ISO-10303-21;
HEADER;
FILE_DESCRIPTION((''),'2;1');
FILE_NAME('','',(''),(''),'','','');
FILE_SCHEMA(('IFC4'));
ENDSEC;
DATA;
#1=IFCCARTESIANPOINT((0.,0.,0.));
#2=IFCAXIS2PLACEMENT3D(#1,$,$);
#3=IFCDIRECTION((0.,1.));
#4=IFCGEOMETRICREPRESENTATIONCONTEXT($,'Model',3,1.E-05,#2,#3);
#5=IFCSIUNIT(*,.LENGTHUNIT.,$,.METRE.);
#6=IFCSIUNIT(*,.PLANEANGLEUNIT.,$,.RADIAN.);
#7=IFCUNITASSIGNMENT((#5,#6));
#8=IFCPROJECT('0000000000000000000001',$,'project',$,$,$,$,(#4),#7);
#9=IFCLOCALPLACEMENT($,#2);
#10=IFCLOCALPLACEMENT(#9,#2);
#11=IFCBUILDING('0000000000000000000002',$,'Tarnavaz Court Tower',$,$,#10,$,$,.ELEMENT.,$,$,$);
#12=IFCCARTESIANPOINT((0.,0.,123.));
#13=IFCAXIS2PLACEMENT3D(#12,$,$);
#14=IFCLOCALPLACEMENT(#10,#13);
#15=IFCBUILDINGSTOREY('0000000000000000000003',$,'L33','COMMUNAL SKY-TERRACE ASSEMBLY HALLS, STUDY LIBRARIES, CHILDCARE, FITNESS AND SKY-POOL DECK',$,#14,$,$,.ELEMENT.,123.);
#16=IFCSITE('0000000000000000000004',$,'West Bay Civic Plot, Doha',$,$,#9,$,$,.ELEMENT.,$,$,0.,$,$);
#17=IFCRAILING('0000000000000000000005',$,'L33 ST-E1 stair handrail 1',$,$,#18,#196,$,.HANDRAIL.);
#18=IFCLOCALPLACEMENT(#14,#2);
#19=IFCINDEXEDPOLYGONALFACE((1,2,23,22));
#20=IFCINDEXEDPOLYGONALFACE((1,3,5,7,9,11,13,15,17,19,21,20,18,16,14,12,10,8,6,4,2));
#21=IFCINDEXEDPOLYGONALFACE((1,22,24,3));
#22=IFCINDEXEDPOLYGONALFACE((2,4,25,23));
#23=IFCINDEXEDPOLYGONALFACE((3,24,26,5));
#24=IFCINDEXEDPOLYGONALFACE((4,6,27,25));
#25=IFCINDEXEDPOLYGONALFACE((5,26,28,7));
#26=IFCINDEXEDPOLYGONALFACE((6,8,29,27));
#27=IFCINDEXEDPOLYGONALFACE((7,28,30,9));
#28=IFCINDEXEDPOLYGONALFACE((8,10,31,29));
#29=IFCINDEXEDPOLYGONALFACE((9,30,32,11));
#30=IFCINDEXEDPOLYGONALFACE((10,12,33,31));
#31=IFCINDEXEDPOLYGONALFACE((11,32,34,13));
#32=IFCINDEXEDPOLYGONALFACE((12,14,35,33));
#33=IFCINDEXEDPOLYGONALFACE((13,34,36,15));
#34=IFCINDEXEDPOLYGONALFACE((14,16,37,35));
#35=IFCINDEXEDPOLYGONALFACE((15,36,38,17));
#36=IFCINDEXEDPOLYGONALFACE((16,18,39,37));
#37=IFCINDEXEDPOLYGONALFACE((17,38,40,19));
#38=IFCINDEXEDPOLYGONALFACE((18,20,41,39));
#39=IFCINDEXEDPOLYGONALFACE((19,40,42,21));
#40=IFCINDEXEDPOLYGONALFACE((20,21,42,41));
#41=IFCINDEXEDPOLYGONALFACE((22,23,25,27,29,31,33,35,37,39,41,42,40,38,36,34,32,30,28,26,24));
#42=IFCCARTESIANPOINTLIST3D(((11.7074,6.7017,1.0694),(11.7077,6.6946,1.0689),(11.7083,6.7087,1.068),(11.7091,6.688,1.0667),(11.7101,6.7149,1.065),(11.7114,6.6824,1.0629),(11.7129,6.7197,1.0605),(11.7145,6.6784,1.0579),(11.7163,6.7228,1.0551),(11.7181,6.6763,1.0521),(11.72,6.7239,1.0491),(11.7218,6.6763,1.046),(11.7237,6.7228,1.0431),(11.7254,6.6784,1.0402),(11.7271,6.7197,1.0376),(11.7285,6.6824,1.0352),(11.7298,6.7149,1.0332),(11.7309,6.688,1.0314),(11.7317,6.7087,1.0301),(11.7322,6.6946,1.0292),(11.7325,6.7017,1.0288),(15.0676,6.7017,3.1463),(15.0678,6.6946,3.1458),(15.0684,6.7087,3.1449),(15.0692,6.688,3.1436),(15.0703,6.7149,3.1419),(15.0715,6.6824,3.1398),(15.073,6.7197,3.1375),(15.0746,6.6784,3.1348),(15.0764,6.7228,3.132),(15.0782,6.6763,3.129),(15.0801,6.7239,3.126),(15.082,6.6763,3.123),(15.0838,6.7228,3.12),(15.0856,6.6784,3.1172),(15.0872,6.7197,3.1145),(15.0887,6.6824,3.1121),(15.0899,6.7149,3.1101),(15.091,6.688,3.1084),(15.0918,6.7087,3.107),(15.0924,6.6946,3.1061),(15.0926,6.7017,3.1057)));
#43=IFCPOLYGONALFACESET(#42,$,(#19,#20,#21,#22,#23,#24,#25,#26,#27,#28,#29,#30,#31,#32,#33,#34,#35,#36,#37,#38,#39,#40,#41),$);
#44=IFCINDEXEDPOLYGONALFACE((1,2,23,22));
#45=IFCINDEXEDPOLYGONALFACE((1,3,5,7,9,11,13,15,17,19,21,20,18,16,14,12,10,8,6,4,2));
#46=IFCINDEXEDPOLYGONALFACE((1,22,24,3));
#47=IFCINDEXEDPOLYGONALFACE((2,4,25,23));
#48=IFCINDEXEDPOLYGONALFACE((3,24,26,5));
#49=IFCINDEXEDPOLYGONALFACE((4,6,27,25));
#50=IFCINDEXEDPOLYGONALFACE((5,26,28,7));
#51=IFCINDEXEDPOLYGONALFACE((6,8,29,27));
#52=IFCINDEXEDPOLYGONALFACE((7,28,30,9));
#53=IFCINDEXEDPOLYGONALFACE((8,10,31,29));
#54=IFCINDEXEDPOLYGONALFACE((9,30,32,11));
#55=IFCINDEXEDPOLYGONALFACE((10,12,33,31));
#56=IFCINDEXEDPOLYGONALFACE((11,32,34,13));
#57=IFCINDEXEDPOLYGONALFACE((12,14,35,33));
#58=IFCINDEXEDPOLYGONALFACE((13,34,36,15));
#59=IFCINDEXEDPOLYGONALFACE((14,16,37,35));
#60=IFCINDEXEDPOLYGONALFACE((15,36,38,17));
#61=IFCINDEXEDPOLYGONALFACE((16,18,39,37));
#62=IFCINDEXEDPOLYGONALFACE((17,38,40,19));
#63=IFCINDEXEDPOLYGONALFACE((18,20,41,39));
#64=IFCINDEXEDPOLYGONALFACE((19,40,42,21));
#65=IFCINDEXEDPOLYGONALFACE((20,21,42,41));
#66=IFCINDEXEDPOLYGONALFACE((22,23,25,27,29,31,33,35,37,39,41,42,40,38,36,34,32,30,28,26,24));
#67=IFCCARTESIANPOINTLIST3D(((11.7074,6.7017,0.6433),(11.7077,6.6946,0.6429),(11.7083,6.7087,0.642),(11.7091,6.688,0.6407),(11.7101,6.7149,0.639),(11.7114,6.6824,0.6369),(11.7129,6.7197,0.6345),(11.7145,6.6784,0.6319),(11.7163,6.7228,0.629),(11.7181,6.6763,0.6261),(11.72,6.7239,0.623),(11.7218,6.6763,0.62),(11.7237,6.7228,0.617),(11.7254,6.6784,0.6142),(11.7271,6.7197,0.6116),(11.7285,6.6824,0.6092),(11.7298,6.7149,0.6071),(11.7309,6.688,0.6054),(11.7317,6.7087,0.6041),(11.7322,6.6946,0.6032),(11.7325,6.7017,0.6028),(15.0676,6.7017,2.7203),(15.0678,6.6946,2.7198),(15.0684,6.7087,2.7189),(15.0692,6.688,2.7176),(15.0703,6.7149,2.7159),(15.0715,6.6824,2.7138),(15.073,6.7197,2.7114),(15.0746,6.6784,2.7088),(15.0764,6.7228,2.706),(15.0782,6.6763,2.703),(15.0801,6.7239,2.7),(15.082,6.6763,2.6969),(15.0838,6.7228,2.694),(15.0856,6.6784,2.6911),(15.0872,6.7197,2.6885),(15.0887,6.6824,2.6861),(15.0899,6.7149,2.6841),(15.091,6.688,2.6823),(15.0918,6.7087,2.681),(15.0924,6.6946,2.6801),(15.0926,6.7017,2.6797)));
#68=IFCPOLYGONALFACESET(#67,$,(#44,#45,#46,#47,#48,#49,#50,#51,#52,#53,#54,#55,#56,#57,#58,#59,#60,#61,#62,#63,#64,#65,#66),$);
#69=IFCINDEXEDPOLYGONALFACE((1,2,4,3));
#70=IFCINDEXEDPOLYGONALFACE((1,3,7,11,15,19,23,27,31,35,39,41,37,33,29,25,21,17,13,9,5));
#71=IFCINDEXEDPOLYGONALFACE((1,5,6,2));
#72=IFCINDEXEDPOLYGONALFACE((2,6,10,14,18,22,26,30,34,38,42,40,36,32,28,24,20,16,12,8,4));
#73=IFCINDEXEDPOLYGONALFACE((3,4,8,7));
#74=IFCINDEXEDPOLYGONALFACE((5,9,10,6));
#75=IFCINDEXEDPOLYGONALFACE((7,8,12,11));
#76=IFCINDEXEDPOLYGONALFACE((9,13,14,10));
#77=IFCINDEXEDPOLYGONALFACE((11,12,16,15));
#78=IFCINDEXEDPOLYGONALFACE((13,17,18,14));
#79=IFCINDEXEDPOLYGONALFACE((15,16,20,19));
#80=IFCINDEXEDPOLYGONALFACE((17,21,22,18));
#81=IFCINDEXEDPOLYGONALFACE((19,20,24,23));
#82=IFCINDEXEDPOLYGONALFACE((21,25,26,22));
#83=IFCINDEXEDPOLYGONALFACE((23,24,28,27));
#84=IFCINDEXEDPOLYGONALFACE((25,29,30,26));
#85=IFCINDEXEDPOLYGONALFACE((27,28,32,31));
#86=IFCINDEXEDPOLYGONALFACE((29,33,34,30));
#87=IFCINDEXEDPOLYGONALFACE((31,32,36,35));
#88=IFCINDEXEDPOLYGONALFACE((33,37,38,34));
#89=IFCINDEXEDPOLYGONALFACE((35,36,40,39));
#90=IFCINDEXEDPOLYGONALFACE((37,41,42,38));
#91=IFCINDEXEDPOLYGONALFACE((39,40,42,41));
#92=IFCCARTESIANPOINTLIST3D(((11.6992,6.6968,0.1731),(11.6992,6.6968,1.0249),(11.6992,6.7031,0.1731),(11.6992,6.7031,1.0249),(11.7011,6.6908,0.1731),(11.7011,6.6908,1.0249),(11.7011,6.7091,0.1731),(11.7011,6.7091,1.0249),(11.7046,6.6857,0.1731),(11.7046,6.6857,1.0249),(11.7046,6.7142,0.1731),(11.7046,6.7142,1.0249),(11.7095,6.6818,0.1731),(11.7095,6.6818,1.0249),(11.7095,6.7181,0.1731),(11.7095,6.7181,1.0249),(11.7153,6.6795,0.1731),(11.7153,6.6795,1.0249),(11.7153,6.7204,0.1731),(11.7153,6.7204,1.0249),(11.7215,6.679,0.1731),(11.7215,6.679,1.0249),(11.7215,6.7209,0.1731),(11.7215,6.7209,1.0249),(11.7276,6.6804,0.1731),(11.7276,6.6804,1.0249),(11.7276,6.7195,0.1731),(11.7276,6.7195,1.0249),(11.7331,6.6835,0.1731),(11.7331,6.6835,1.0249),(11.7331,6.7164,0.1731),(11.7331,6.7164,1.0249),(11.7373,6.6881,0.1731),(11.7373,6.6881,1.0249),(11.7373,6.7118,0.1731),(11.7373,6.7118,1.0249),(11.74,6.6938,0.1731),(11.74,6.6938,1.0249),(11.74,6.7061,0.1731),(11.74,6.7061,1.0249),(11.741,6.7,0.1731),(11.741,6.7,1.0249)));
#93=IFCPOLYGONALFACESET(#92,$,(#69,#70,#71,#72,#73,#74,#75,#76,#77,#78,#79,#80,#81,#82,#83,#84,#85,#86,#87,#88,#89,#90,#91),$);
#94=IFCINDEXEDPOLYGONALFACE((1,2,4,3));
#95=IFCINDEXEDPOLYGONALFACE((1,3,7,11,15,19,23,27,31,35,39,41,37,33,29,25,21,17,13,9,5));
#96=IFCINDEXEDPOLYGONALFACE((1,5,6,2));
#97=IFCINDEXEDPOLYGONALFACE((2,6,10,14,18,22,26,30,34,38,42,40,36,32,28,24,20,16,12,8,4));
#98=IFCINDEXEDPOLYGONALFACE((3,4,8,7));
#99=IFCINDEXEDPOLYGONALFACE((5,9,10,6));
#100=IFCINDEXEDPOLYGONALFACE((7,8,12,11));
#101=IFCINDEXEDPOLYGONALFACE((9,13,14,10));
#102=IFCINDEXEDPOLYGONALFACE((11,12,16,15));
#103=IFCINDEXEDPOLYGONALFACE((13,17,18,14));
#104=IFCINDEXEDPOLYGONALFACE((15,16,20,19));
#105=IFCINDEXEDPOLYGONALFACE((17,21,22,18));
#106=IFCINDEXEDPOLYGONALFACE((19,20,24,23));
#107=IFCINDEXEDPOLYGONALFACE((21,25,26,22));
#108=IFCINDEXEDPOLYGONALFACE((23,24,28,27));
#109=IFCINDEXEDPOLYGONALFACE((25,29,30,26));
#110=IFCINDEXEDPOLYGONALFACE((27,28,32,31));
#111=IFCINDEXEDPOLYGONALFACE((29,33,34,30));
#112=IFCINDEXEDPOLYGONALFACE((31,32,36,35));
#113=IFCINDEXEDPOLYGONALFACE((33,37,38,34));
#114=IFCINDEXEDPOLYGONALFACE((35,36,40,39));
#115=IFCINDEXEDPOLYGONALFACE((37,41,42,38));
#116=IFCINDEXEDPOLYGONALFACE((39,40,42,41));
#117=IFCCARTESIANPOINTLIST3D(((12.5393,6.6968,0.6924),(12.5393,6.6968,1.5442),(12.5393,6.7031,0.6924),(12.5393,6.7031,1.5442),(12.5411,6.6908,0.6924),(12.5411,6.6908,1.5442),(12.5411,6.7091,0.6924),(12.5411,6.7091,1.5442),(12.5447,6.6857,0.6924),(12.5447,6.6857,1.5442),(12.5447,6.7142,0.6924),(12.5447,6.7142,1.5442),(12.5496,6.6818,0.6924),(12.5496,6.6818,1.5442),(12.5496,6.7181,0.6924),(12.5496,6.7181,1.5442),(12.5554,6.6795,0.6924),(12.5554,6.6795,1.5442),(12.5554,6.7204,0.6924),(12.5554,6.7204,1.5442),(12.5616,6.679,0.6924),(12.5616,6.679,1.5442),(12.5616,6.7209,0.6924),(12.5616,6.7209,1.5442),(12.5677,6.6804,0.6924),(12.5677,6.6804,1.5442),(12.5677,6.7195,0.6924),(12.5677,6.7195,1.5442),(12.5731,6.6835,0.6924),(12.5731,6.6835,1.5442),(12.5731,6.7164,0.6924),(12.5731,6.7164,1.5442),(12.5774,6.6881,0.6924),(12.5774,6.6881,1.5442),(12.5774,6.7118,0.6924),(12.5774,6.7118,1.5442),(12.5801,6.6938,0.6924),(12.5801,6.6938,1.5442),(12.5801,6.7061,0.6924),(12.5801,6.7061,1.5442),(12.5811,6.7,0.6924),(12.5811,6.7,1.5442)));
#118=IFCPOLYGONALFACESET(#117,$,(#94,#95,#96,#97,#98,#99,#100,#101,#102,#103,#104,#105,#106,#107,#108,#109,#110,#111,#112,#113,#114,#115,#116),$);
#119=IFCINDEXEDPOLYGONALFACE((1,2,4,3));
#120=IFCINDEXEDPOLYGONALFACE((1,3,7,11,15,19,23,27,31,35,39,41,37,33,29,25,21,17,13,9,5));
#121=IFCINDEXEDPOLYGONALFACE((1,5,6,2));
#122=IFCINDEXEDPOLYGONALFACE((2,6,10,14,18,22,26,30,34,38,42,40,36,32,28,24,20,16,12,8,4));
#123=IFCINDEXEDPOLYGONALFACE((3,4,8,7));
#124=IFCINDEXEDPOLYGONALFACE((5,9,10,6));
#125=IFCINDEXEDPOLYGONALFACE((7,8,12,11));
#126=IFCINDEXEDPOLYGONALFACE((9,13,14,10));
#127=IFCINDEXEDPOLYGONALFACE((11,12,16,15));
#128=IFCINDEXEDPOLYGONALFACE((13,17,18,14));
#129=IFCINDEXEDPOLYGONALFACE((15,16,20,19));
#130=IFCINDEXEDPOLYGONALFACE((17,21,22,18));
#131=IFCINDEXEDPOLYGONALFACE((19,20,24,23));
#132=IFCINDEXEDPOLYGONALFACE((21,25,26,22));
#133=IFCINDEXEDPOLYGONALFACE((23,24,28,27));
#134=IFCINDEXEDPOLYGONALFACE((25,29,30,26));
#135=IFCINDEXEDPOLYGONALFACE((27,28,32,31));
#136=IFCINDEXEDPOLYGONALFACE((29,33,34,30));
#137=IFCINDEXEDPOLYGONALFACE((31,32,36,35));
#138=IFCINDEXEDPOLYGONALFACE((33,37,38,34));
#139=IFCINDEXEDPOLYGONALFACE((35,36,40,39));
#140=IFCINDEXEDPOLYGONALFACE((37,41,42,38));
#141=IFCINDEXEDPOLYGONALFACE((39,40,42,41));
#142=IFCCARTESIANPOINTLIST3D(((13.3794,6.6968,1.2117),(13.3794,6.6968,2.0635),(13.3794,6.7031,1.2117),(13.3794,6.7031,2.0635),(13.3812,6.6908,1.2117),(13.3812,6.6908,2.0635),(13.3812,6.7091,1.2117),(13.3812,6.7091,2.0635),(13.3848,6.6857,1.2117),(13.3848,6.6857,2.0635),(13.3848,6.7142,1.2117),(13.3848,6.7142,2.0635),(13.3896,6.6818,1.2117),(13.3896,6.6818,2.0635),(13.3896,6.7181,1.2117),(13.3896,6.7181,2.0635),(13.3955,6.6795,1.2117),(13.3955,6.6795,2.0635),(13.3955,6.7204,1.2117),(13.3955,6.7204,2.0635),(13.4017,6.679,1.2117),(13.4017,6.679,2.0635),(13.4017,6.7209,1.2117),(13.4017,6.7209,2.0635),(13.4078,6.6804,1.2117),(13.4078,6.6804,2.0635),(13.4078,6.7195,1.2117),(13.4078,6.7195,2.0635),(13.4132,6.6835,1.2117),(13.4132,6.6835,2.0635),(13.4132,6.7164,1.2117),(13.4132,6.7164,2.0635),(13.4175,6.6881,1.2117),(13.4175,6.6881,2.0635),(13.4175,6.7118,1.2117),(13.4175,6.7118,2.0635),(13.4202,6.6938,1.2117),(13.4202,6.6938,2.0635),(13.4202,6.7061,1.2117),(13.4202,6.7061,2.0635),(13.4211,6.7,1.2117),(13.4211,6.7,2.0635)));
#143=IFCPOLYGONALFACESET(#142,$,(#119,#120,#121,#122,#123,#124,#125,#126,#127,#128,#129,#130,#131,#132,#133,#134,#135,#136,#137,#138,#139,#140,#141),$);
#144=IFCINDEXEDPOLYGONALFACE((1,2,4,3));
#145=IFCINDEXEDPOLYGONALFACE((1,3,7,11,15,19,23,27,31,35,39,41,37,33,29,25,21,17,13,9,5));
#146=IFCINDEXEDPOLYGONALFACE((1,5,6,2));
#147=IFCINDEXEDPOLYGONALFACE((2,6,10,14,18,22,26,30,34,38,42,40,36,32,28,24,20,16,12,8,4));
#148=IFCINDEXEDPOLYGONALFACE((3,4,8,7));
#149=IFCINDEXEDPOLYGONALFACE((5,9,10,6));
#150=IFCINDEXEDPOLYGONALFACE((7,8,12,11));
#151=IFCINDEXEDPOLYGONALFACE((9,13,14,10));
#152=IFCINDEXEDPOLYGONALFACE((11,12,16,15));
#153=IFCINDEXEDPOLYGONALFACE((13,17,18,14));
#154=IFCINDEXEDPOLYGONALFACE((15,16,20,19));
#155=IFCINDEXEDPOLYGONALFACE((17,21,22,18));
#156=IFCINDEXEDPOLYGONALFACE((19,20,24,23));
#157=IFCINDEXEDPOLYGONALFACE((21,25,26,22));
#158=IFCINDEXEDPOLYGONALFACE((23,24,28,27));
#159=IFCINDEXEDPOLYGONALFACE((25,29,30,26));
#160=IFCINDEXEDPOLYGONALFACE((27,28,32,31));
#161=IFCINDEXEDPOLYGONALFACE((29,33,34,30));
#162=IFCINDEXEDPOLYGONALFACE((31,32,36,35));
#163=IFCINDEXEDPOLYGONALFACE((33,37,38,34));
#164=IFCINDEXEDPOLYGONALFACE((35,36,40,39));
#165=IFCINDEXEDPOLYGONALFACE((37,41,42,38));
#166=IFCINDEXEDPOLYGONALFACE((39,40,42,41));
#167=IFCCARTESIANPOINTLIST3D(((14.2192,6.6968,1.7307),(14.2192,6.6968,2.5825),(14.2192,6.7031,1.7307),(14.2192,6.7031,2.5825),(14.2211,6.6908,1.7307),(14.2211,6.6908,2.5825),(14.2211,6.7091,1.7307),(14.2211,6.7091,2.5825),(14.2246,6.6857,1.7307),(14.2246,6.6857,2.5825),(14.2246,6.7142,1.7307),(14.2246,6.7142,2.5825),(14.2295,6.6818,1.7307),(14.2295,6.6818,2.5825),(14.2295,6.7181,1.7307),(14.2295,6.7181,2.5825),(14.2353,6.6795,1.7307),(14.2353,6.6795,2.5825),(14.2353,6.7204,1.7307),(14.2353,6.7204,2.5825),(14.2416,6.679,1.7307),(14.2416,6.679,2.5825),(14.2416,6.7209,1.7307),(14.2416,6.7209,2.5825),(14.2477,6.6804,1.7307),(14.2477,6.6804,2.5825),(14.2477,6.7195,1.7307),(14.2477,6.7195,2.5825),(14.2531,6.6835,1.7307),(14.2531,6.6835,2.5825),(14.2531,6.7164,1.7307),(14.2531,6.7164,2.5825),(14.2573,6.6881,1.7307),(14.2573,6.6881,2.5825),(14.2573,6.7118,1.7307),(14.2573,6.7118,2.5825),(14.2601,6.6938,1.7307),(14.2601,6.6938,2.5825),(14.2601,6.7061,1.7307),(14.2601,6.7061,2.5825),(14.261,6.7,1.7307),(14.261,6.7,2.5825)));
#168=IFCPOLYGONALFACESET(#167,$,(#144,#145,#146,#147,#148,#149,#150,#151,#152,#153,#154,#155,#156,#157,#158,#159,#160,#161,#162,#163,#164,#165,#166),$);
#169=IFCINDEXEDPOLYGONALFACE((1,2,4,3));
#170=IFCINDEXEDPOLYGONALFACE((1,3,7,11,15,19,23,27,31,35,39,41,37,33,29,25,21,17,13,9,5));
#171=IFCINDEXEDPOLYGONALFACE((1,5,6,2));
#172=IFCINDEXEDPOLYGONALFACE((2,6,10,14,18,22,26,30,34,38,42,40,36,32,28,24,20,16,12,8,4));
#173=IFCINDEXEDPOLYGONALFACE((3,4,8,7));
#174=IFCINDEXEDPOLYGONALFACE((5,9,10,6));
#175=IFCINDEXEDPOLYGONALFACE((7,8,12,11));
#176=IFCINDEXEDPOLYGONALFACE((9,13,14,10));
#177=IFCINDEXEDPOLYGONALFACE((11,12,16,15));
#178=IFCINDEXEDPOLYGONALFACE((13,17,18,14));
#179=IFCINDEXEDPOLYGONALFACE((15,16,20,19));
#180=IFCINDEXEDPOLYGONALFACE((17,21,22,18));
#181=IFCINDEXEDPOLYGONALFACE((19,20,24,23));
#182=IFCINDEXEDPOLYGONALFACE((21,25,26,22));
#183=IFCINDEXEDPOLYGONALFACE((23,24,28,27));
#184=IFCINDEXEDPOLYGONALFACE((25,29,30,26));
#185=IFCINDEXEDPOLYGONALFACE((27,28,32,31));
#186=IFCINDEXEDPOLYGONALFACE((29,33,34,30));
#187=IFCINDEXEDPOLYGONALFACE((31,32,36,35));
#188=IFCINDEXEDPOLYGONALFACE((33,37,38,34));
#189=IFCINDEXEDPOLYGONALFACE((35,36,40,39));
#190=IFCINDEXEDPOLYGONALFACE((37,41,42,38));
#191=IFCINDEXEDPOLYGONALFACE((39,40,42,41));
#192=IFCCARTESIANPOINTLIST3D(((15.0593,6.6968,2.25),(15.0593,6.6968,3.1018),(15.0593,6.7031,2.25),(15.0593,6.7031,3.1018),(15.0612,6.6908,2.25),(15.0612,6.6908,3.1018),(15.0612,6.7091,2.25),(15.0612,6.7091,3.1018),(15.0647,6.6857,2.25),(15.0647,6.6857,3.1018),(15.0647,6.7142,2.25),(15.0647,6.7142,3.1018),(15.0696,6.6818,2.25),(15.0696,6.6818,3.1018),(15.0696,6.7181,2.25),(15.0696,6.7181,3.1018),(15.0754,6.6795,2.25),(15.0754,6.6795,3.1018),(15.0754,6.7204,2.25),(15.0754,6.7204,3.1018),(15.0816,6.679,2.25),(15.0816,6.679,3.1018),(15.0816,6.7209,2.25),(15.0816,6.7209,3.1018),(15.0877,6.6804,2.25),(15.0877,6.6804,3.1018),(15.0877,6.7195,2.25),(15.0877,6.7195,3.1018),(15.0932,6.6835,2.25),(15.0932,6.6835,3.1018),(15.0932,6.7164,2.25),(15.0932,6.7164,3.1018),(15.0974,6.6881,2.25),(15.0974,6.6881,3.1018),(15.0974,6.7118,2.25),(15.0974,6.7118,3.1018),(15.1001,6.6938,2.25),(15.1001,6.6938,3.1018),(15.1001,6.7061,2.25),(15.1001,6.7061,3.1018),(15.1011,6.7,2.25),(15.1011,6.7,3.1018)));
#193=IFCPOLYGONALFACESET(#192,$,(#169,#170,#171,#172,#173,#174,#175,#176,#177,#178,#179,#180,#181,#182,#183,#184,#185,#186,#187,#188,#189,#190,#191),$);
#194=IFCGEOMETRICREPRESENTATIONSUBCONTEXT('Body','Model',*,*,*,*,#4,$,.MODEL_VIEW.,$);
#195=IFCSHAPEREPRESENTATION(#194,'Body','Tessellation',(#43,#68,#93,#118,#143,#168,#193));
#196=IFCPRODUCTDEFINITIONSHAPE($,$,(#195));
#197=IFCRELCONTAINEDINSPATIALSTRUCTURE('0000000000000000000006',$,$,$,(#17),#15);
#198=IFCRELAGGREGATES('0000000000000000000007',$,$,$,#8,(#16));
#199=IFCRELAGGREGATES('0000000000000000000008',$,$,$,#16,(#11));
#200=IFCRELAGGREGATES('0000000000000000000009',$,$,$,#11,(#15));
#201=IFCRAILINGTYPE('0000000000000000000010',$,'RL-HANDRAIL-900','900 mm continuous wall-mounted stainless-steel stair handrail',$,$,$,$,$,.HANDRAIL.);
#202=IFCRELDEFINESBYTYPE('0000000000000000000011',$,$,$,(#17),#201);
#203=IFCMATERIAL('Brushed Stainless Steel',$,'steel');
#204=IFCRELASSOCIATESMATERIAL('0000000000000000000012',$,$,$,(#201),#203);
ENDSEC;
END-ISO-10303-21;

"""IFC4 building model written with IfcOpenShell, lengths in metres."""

from ifc_helpers import new_model, si_unit, direction, frame, origin, origin_2d, place, context, subcontext, project, spatial, circle, extrude, material, type_object, element, save


model = new_model("IFC4")

# Units and contexts
model_context = context("Model", 3, precision=1e-05, world=origin(), true_north=direction((0.0, 1.0)))
body_context = subcontext(model_context, "Body", "Model", "MODEL_VIEW")
ifc_project = project(units=[si_unit("LENGTHUNIT", "METRE"), si_unit("PLANEANGLEUNIT", "RADIAN")], contexts=[model_context])

# Site, building, storey
site_placement = place(None, origin())
site = spatial("IfcSite", under=ifc_project, at=site_placement, Name="West Bay Civic Plot, Doha", CompositionType="ELEMENT", RefElevation=0.0)
building_placement = place(site_placement, origin())
building = spatial("IfcBuilding", under=site, at=building_placement, Name="Tarnavaz Court Tower", CompositionType="ELEMENT")
storey_placement = place(building_placement, frame((0.0, 0.0, 123.0)))
storey = spatial("IfcBuildingStorey", under=building, at=storey_placement, Name="L33", Description="COMMUNAL SKY-TERRACE ASSEMBLY HALLS, STUDY LIBRARIES, CHILDCARE, FITNESS AND SKY-POOL DECK", CompositionType="ELEMENT", Elevation=123.0)

# Railing
ifc_material_1 = material(Name="Brushed Stainless Steel", Category="steel")
railing_type_1 = type_object("IfcRailingType", Name="RL-HANDRAIL-900", Description="900 mm continuous wall-mounted stainless-steel stair handrail", PredefinedType="HANDRAIL", material=ifc_material_1)
railing_1_placement = place(storey_placement, frame((11.72, 6.7, 0.1731)))
element("IfcRailing", 1, at=railing_1_placement, inside=storey, type_object=railing_type_1, Name="L33 ST-E1 stair handrail 1", PredefinedType="HANDRAIL", context=body_context, shape_type="SweptSolid", body=[
    extrude(circle(Radius=0.0239, at=origin_2d()), frame((0.0, 0.0, 0.876), z_axis=(0.850623, 0.0, 0.525776), x_axis=(0.0, 1.0, 0.0)), (0.0, 0.0, 1.0), 3.9502),
    extrude(circle(Radius=0.0239, at=origin_2d()), frame((0.0, 0.0, 0.45), z_axis=(0.850623, 0.0, 0.525776), x_axis=(0.0, 1.0, 0.0)), (0.0, 0.0, 1.0), 3.9502),
    extrude(circle(Radius=0.021, at=origin_2d()), origin(), (0.0, 0.0, 1.0), 0.8518),
    extrude(circle(Radius=0.021, at=origin_2d()), frame((0.8401, 0.0, 0.5193)), (0.0, 0.0, 1.0), 0.8518),
    extrude(circle(Radius=0.021, at=origin_2d()), frame((1.6802, 0.0, 1.0386)), (0.0, 0.0, 1.0), 0.8518),
    extrude(circle(Radius=0.021, at=origin_2d()), frame((2.52, 0.0, 1.5576)), (0.0, 0.0, 1.0), 0.8518),
    extrude(circle(Radius=0.021, at=origin_2d()), frame((3.3601, 0.0, 2.0769)), (0.0, 0.0, 1.0), 0.8518),
])

save(model, "model.ifc")
